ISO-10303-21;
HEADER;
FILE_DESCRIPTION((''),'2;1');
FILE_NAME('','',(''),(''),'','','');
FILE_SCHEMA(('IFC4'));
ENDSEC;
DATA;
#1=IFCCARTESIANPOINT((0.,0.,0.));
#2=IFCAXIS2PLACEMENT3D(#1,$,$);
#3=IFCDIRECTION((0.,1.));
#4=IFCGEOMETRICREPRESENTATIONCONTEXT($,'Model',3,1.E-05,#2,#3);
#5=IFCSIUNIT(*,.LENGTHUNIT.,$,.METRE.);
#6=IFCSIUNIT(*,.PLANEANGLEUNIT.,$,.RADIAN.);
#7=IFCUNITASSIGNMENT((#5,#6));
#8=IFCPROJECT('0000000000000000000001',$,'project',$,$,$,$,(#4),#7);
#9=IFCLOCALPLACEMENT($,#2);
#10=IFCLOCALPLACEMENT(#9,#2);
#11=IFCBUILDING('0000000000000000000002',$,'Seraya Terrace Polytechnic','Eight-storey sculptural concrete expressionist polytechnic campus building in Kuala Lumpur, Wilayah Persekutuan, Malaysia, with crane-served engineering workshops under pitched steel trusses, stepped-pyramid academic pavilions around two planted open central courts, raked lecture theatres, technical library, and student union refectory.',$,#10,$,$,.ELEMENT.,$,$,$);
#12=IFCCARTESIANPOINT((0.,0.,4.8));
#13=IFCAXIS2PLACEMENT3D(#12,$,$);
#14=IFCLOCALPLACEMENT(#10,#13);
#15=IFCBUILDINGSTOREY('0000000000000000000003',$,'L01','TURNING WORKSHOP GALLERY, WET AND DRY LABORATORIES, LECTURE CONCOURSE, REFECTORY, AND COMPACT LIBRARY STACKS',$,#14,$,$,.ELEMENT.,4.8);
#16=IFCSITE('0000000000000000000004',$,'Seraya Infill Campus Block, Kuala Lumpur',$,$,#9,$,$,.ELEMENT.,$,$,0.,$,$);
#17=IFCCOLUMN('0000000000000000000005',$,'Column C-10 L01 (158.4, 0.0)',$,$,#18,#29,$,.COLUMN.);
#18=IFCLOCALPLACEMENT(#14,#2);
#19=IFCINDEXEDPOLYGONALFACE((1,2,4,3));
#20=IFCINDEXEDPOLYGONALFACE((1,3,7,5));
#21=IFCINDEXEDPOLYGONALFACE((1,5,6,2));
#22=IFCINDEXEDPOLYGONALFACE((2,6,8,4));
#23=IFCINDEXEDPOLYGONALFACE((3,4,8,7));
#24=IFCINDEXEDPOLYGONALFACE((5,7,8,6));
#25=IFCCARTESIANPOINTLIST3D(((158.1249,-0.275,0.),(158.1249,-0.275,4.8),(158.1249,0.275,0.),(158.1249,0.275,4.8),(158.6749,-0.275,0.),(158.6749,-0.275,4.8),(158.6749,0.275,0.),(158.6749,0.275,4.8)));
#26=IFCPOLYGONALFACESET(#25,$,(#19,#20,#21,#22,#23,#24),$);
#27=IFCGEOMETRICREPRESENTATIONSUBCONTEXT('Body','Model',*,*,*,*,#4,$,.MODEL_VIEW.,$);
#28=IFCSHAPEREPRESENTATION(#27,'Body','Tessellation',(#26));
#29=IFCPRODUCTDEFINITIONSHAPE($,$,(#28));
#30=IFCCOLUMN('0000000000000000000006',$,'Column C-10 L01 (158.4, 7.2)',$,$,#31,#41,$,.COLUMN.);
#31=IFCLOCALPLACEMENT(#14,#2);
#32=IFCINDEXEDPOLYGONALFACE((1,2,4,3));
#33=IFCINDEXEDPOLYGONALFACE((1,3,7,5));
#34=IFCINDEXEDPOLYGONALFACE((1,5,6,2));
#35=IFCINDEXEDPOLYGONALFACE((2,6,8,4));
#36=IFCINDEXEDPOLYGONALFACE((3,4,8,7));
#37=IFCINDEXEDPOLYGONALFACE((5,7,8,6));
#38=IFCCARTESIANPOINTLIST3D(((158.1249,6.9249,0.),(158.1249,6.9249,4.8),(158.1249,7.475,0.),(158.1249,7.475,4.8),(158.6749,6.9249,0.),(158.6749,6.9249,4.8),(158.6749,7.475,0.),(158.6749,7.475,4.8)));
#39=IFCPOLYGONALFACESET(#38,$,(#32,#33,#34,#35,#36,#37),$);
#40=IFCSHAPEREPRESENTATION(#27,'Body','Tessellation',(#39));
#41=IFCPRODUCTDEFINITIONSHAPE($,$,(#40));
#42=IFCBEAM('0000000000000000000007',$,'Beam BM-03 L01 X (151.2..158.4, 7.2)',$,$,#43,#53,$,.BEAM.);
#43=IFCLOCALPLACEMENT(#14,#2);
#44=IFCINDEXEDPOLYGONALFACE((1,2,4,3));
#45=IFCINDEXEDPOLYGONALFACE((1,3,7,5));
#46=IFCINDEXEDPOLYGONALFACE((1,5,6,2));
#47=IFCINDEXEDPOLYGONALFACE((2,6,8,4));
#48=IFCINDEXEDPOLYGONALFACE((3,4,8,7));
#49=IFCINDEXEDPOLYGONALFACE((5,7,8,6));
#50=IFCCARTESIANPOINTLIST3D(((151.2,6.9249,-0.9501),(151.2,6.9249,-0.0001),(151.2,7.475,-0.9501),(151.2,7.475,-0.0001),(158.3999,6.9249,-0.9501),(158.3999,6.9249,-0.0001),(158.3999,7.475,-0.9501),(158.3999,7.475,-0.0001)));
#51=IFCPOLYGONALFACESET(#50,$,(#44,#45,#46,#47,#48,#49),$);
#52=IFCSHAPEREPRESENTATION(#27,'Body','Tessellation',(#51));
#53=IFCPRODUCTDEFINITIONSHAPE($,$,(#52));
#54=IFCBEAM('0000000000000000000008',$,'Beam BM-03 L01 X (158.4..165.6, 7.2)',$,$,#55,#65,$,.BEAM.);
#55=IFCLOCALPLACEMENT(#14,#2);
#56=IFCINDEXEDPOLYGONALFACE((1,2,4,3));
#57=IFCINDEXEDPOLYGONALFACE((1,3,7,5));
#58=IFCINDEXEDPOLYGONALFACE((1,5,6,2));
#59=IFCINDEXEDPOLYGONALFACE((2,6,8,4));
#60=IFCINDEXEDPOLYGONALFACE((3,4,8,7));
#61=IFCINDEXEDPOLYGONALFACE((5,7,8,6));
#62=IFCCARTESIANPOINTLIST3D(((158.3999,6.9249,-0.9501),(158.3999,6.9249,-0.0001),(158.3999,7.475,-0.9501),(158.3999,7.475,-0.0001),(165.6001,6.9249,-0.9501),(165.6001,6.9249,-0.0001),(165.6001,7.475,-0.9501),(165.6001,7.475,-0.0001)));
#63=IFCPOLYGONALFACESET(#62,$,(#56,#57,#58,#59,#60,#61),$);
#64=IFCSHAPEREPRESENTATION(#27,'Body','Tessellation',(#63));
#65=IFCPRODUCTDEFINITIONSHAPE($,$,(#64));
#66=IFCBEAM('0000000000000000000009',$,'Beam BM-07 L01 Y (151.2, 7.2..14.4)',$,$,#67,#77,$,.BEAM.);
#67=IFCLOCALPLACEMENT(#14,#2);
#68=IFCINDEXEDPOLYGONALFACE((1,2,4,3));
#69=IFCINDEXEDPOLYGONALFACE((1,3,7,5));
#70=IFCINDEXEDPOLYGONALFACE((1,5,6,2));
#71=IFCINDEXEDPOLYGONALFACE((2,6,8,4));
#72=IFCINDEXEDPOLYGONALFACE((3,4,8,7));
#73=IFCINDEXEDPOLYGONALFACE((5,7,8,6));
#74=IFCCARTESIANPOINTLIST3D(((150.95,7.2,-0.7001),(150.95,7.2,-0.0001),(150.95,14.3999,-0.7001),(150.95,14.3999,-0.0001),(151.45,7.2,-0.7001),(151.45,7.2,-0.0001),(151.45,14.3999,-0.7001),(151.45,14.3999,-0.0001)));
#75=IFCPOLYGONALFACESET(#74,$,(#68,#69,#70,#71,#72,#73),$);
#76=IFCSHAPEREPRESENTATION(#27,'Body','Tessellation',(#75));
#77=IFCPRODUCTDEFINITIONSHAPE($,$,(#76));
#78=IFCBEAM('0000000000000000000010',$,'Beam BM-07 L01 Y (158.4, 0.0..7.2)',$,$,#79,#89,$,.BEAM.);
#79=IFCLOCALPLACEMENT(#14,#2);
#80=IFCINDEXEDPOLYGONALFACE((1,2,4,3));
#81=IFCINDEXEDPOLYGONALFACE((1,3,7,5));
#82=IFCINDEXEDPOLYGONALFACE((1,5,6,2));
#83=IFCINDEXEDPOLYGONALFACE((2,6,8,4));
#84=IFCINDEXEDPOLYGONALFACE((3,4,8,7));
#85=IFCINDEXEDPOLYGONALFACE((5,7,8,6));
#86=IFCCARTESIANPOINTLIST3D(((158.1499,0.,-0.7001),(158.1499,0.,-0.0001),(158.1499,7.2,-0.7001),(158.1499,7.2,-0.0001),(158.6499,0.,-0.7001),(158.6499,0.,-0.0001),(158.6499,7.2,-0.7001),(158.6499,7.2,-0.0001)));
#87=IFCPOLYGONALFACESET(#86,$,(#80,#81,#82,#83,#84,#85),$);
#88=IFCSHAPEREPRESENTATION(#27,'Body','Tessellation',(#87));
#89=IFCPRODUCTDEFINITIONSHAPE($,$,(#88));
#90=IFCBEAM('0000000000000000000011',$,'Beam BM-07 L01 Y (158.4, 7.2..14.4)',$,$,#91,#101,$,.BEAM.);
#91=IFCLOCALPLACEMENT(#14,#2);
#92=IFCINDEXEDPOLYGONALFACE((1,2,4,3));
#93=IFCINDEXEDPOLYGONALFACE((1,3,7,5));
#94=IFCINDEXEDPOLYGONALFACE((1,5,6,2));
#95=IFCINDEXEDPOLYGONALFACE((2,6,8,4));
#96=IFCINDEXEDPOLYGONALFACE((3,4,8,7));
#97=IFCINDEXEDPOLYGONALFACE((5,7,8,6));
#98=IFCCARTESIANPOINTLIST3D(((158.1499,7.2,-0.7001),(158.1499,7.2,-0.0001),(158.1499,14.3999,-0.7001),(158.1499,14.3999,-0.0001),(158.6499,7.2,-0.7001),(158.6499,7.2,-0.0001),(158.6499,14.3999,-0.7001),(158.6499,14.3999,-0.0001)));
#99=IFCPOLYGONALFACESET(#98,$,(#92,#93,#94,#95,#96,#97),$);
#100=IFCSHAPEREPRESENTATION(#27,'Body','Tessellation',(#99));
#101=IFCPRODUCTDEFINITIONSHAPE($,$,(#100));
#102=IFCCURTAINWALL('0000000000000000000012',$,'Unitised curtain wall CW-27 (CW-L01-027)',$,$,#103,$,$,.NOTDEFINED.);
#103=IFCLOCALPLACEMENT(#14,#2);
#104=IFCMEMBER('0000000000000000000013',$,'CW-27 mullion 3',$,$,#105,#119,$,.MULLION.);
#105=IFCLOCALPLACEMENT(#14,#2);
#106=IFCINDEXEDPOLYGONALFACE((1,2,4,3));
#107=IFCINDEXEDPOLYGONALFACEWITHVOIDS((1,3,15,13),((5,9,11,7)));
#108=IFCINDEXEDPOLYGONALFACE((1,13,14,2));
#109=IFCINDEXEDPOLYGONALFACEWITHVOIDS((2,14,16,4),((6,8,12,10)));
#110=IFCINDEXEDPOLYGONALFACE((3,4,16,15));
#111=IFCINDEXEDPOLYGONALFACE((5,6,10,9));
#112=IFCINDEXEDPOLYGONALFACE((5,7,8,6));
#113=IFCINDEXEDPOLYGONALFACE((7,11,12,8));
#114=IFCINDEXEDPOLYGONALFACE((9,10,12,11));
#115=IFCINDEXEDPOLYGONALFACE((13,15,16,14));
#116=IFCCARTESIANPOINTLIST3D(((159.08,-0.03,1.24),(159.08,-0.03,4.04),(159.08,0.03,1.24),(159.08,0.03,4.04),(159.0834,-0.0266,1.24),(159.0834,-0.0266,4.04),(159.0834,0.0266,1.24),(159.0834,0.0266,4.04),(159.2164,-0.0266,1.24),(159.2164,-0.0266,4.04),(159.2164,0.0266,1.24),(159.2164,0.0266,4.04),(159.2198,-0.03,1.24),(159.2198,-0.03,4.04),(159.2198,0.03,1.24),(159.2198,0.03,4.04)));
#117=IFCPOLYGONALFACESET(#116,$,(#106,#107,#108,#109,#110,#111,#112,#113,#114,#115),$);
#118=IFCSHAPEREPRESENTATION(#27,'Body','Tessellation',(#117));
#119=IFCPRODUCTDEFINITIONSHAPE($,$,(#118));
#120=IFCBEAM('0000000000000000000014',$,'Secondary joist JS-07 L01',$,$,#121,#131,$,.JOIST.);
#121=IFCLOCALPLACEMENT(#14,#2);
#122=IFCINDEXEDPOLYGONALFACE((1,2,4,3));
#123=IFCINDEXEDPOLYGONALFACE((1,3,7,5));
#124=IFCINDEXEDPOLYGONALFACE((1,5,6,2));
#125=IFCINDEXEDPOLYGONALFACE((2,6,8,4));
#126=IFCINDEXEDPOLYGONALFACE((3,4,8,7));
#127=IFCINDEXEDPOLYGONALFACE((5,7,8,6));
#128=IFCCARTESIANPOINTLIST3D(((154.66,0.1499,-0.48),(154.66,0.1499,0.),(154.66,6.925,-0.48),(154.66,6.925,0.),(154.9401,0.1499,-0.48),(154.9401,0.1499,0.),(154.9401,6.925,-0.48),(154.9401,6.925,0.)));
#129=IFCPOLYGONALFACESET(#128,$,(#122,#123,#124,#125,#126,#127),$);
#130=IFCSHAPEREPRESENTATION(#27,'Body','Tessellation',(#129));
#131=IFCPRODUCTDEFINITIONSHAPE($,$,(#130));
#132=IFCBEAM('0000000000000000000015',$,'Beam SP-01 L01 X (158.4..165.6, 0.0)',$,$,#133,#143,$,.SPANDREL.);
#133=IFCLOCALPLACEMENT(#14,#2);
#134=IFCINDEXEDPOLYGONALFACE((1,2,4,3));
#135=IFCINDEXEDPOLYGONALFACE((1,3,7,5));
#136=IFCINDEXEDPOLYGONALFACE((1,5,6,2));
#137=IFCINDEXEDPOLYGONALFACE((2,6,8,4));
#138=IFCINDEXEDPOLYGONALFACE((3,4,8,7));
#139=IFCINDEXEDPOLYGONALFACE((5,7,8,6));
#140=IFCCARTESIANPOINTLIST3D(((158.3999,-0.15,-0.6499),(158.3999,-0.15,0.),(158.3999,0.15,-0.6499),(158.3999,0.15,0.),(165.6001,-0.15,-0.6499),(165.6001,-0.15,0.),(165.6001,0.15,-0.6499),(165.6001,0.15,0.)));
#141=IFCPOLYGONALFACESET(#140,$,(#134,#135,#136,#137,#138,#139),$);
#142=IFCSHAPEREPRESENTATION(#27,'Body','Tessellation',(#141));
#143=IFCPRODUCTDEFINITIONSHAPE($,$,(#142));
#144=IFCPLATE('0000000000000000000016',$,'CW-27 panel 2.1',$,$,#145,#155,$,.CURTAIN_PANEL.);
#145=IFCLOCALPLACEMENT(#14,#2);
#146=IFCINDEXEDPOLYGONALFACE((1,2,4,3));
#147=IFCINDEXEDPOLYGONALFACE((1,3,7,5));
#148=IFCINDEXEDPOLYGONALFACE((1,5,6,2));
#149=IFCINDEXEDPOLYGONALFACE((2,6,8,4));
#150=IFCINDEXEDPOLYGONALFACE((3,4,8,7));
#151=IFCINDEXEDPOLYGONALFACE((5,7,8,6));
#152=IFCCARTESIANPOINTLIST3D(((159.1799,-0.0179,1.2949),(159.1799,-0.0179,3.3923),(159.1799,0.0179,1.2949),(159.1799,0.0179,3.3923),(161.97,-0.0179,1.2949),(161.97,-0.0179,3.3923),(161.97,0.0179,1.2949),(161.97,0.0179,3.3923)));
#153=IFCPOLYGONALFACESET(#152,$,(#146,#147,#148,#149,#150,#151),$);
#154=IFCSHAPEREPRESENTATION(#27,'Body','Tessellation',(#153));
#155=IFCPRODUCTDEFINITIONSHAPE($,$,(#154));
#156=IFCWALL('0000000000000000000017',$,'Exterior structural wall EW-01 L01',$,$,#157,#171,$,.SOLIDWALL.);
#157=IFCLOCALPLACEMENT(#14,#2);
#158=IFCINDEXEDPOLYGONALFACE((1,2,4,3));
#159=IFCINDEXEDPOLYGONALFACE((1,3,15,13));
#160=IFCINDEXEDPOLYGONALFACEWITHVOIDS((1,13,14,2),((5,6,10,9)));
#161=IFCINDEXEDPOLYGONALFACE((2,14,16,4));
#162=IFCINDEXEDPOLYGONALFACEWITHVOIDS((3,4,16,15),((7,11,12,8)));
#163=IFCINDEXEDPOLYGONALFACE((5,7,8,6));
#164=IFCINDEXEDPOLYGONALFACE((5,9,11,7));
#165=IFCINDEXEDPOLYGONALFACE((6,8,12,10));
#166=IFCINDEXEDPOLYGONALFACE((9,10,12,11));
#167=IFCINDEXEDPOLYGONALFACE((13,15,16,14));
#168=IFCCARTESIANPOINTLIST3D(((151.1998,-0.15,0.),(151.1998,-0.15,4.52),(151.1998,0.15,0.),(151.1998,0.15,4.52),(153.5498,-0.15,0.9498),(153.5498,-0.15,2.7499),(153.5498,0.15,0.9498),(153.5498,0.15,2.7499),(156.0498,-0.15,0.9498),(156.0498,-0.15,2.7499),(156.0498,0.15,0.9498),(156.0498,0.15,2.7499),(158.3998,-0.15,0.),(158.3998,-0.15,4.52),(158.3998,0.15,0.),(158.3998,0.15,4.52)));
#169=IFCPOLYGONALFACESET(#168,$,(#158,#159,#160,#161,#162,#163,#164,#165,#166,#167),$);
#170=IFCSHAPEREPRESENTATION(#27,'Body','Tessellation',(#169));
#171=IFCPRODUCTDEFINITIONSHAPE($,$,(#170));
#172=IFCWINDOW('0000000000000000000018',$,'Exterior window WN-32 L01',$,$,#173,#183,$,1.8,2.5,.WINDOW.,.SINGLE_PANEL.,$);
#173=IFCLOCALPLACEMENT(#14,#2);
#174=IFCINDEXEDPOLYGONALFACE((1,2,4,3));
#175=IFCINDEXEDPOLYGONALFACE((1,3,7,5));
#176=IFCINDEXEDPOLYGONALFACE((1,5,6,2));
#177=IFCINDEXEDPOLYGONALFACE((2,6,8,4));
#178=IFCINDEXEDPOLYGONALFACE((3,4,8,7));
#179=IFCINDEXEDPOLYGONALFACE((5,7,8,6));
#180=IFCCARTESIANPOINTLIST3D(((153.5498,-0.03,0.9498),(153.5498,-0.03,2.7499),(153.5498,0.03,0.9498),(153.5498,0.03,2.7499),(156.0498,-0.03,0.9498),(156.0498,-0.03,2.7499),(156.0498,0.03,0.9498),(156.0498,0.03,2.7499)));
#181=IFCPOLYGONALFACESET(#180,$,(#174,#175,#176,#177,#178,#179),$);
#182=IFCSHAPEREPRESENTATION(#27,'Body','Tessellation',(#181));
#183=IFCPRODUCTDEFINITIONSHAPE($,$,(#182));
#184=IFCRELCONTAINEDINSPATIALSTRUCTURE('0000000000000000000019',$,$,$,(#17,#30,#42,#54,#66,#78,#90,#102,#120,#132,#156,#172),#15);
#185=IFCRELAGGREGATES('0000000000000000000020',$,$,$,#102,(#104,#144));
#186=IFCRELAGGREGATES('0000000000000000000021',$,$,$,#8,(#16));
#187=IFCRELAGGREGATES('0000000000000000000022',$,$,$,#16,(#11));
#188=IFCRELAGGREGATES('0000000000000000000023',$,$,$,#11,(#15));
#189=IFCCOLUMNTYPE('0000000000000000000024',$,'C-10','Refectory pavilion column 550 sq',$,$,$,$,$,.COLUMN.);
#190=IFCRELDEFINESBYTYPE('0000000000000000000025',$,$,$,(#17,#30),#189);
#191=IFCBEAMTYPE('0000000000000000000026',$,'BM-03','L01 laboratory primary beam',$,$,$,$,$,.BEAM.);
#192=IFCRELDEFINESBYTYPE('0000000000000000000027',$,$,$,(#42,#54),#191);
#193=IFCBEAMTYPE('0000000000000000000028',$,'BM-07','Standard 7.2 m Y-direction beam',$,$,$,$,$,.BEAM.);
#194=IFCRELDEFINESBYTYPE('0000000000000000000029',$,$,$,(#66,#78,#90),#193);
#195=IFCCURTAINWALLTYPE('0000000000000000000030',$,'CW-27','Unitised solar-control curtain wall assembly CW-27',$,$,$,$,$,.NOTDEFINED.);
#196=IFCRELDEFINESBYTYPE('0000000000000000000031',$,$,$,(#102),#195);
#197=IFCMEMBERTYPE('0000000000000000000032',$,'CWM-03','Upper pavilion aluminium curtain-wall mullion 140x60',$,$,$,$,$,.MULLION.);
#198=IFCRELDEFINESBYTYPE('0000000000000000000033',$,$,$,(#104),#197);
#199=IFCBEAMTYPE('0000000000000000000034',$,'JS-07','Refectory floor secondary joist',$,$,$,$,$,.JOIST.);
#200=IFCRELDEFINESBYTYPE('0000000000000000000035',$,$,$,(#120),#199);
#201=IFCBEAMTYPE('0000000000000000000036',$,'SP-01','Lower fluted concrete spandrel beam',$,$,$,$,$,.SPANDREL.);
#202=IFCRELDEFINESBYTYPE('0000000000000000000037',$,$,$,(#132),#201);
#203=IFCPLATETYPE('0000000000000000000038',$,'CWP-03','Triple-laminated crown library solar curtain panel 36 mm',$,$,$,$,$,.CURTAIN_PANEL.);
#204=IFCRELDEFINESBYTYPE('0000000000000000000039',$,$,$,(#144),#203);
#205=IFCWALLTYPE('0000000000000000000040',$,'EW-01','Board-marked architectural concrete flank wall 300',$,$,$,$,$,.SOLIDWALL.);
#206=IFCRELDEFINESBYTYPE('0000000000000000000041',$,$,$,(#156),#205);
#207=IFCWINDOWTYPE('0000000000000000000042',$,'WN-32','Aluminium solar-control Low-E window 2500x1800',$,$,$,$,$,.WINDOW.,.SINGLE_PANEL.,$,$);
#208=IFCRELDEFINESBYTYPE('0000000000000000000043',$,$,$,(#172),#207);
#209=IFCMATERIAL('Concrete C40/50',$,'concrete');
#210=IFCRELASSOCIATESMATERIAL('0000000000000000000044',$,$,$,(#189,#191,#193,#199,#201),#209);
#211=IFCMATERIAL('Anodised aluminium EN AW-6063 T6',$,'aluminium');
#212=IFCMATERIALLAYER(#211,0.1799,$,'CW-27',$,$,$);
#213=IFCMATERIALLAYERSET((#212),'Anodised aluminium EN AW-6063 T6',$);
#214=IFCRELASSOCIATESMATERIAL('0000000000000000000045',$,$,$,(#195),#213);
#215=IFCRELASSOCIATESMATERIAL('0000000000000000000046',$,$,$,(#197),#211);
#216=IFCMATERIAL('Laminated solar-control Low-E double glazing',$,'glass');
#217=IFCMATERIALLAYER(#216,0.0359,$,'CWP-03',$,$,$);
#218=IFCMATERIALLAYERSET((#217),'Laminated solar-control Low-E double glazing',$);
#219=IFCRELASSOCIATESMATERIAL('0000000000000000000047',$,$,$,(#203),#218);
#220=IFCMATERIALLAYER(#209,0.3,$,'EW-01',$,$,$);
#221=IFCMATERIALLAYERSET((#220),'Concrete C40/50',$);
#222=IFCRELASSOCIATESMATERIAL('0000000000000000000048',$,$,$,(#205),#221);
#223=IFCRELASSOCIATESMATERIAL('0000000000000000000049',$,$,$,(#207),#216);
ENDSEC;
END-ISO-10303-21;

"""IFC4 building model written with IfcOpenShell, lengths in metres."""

from ifc_helpers import new_model, si_unit, direction, frame, frame_2d, origin, origin_2d, place, context, subcontext, project, spatial, rectangle, hollow_rectangle, extrude, material, layer, layer_set, material_profile, profile_set, type_object, element, fill, aggregate, save


model = new_model("IFC4")

# Units and contexts
model_context = context("Model", 3, precision=1e-05, world=origin(), true_north=direction((0.0, 1.0)))
body_context = subcontext(model_context, "Body", "Model", "MODEL_VIEW")
ifc_project = project(units=[si_unit("LENGTHUNIT", "METRE"), si_unit("PLANEANGLEUNIT", "RADIAN")], contexts=[model_context])

# Site, building, storey
site_placement = place(None, origin())
site = spatial("IfcSite", under=ifc_project, at=site_placement, Name="Seraya Infill Campus Block, Kuala Lumpur", CompositionType="ELEMENT", RefElevation=0.0)
building_placement = place(site_placement, origin())
building = spatial("IfcBuilding", under=site, at=building_placement, Name="Seraya Terrace Polytechnic", Description="Eight-storey sculptural concrete expressionist polytechnic campus building in Kuala Lumpur, Wilayah Persekutuan, Malaysia, with crane-served engineering workshops under pitched steel trusses, stepped-pyramid academic pavilions around two planted open central courts, raked lecture theatres, technical library, and student union refectory.", CompositionType="ELEMENT")
storey_placement = place(building_placement, frame((0.0, 0.0, 4.8)))
storey = spatial("IfcBuildingStorey", under=building, at=storey_placement, Name="L01", Description="TURNING WORKSHOP GALLERY, WET AND DRY LABORATORIES, LECTURE CONCOURSE, REFECTORY, AND COMPACT LIBRARY STACKS", CompositionType="ELEMENT", Elevation=4.8)

# Columns
ifc_material_1 = material(Name="Concrete C40/50", Category="concrete")
ifc_material_profile_1 = material_profile(ifc_material_1, rectangle(XDim=0.55, YDim=0.55, at=origin_2d()), Name="RC 550x550")
ifc_profile_set_1 = profile_set([ifc_material_profile_1], Name="Concrete C40/50")
column_type = type_object("IfcColumnType", Name="C-10", Description="Refectory pavilion column 550 sq", PredefinedType="COLUMN", material=ifc_profile_set_1)
for number, where, z_axis, x_axis, name in (
    (1, (158.3999, 0.0, 0.0), (0.0, 0.0, 1.0), (1.0, 0.0, 0.0), "Column C-10 L01 (158.4, 0.0)"),
    (2, (158.3999, 7.2, 0.0), (0.0, 0.0, 1.0), (1.0, 0.0, 0.0), "Column C-10 L01 (158.4, 7.2)"),
):
    element("IfcColumn", number, at=place(storey_placement, frame(where, z_axis=z_axis, x_axis=x_axis)), inside=storey, type_object=column_type, Name=name, PredefinedType="COLUMN", context=body_context, shape_type="SweptSolid", body=[
        extrude(rectangle(XDim=0.55, YDim=0.55, at=origin_2d()), origin(), (0.0, 0.0, 1.0), 4.8),
    ])

# Beams
ifc_material_profile_2 = material_profile(ifc_material_1, rectangle(XDim=0.55, YDim=0.95, at=origin_2d()), Name="RC 550x950")
ifc_profile_set_2 = profile_set([ifc_material_profile_2], Name="Concrete C40/50")
beam_type_1 = type_object("IfcBeamType", Name="BM-03", Description="L01 laboratory primary beam", PredefinedType="BEAM", material=ifc_profile_set_2)
beam_1_placement = place(storey_placement, frame((151.2, 7.2, -0.4751), z_axis=(1.0, 0.0, 0.0), x_axis=(0.0, 1.0, 0.0)))
element("IfcBeam", 3, at=beam_1_placement, inside=storey, type_object=beam_type_1, Name="Beam BM-03 L01 X (151.2..158.4, 7.2)", PredefinedType="BEAM", context=body_context, shape_type="SweptSolid", body=[
    extrude(rectangle(XDim=0.55, YDim=0.95, at=origin_2d()), origin(), (0.0, 0.0, 1.0), 7.2),
])
beam_2_placement = place(storey_placement, frame((158.3999, 7.2, -0.4751), z_axis=(1.0, 0.0, 0.0), x_axis=(0.0, 1.0, 0.0)))
element("IfcBeam", 4, at=beam_2_placement, inside=storey, type_object=beam_type_1, Name="Beam BM-03 L01 X (158.4..165.6, 7.2)", PredefinedType="BEAM", context=body_context, shape_type="SweptSolid", body=[
    extrude(rectangle(XDim=0.55, YDim=0.95, at=origin_2d()), origin(), (0.0, 0.0, 1.0), 7.2002),
])
ifc_material_profile_3 = material_profile(ifc_material_1, rectangle(XDim=0.5, YDim=0.7, at=origin_2d()), Name="RC 500x700")
ifc_profile_set_3 = profile_set([ifc_material_profile_3], Name="Concrete C40/50")
beam_type_2 = type_object("IfcBeamType", Name="BM-07", Description="Standard 7.2 m Y-direction beam", PredefinedType="BEAM", material=ifc_profile_set_3)
for number, where, z_axis, x_axis, name in (
    (5, (151.2, 7.2, -0.3501), (0.0, 1.0, 0.0), (-1.0, 0.0, 0.0), "Beam BM-07 L01 Y (151.2, 7.2..14.4)"),
    (6, (158.3999, 0.0, -0.3501), (0.0, 1.0, 0.0), (-1.0, 0.0, 0.0), "Beam BM-07 L01 Y (158.4, 0.0..7.2)"),
    (7, (158.3999, 7.2, -0.3501), (0.0, 1.0, 0.0), (-1.0, 0.0, 0.0), "Beam BM-07 L01 Y (158.4, 7.2..14.4)"),
):
    element("IfcBeam", number, at=place(storey_placement, frame(where, z_axis=z_axis, x_axis=x_axis)), inside=storey, type_object=beam_type_2, Name=name, PredefinedType="BEAM", context=body_context, shape_type="SweptSolid", body=[
        extrude(rectangle(XDim=0.5, YDim=0.7, at=origin_2d()), origin(), (0.0, 0.0, 1.0), 7.2),
    ])

# Curtain wall, member
ifc_material_2 = material(Name="Anodised aluminium EN AW-6063 T6", Category="aluminium")
ifc_layer_1 = layer(ifc_material_2, 0.1799, Name="CW-27")
ifc_layer_set_1 = layer_set([ifc_layer_1], Name="Anodised aluminium EN AW-6063 T6")
curtain_wall_type = type_object("IfcCurtainWallType", Name="CW-27", Description="Unitised solar-control curtain wall assembly CW-27", PredefinedType="NOTDEFINED", material=ifc_layer_set_1)
curtain_wall_placement = place(storey_placement, origin())
curtain_wall = element("IfcCurtainWall", 8, at=curtain_wall_placement, inside=storey, type_object=curtain_wall_type, Name="Unitised curtain wall CW-27 (CW-L01-027)", PredefinedType="NOTDEFINED")
ifc_material_profile_4 = material_profile(ifc_material_2, hollow_rectangle(XDim=0.0601, YDim=0.1399, WallThickness=0.0034, at=origin_2d()), Name="RHS 140x60x3.5")
ifc_profile_set_4 = profile_set([ifc_material_profile_4], Name="Anodised aluminium EN AW-6063 T6")
member_type = type_object("IfcMemberType", Name="CWM-03", Description="Upper pavilion aluminium curtain-wall mullion 140x60", PredefinedType="MULLION", material=ifc_profile_set_4)
member_placement = place(storey_placement, frame((159.1499, 0.0, 1.24), z_axis=(0.0, 0.0, 1.0), x_axis=(0.0, -1.0, 0.0)))
member = element("IfcMember", 9, at=member_placement, type_object=member_type, Name="CW-27 mullion 3", PredefinedType="MULLION", context=body_context, shape_type="SweptSolid", body=[
    extrude(hollow_rectangle(XDim=0.0601, YDim=0.1399, WallThickness=0.0034, at=origin_2d()), origin(), (0.0, 0.0, 1.0), 2.8),
])

# Beams
ifc_material_profile_5 = material_profile(ifc_material_1, rectangle(XDim=0.28, YDim=0.48, at=origin_2d()), Name="RC 280x480")
ifc_profile_set_5 = profile_set([ifc_material_profile_5], Name="Concrete C40/50")
beam_type_3 = type_object("IfcBeamType", Name="JS-07", Description="Refectory floor secondary joist", PredefinedType="JOIST", material=ifc_profile_set_5)
beam_3_placement = place(storey_placement, frame((154.8, 0.1499, -0.24), z_axis=(0.0, 1.0, 0.0), x_axis=(-1.0, 0.0, 0.0)))
element("IfcBeam", 10, at=beam_3_placement, inside=storey, type_object=beam_type_3, Name="Secondary joist JS-07 L01", PredefinedType="JOIST", context=body_context, shape_type="SweptSolid", body=[
    extrude(rectangle(XDim=0.28, YDim=0.48, at=origin_2d()), origin(), (0.0, 0.0, 1.0), 6.7751),
])
ifc_material_profile_6 = material_profile(ifc_material_1, rectangle(XDim=0.3, YDim=0.6499, at=origin_2d()), Name="RC 300x650")
ifc_profile_set_6 = profile_set([ifc_material_profile_6], Name="Concrete C40/50")
beam_type_4 = type_object("IfcBeamType", Name="SP-01", Description="Lower fluted concrete spandrel beam", PredefinedType="SPANDREL", material=ifc_profile_set_6)
beam_4_placement = place(storey_placement, frame((158.3999, 0.0, -0.325), z_axis=(1.0, 0.0, 0.0), x_axis=(0.0, 1.0, 0.0)))
element("IfcBeam", 11, at=beam_4_placement, inside=storey, type_object=beam_type_4, Name="Beam SP-01 L01 X (158.4..165.6, 0.0)", PredefinedType="SPANDREL", context=body_context, shape_type="SweptSolid", body=[
    extrude(rectangle(XDim=0.3, YDim=0.6499, at=origin_2d()), origin(), (0.0, 0.0, 1.0), 7.2002),
])

# Plate
ifc_material_3 = material(Name="Laminated solar-control Low-E double glazing", Category="glass")
ifc_layer_2 = layer(ifc_material_3, 0.0359, Name="CWP-03")
ifc_layer_set_2 = layer_set([ifc_layer_2], Name="Laminated solar-control Low-E double glazing")
plate_type = type_object("IfcPlateType", Name="CWP-03", Description="Triple-laminated crown library solar curtain panel 36 mm", PredefinedType="CURTAIN_PANEL", material=ifc_layer_set_2)
plate_placement = place(storey_placement, frame((160.575, 0.0, 1.2949), z_axis=(0.0, 0.0, 1.0), x_axis=(-1.0, 0.0, 0.0)))
plate = element("IfcPlate", 12, at=plate_placement, type_object=plate_type, Name="CW-27 panel 2.1", PredefinedType="CURTAIN_PANEL", context=body_context, shape_type="SweptSolid", body=[
    extrude(rectangle(XDim=2.79, YDim=0.0359, at=origin_2d()), origin(), (0.0, 0.0, 1.0), 2.0974),
])
aggregate(curtain_wall, [member, plate])

# Wall, opening, window
ifc_layer_3 = layer(ifc_material_1, 0.3, Name="EW-01")
ifc_layer_set_3 = layer_set([ifc_layer_3], Name="Concrete C40/50")
wall_type_1 = type_object("IfcWallType", Name="EW-01", Description="Board-marked architectural concrete flank wall 300", PredefinedType="SOLIDWALL", material=ifc_layer_set_3)
wall_1_placement = place(storey_placement, frame((158.3999, 0.0, 0.0), z_axis=(0.0, 0.0, 1.0), x_axis=(-1.0, 0.0, 0.0)))
wall_1 = element("IfcWall", 13, at=wall_1_placement, inside=storey, type_object=wall_type_1, Name="Exterior structural wall EW-01 L01", PredefinedType="SOLIDWALL", context=body_context, shape_type="SweptSolid", body=[
    extrude(rectangle(XDim=7.2, YDim=0.3, at=frame_2d((3.6001, 0.0))), origin(), (0.0, 0.0, 1.0), 4.52),
])
opening_placement = place(wall_1_placement, frame((2.3501, 0.0, 0.95)))
opening = element("IfcOpeningElement", 14, at=opening_placement, cuts=wall_1, PredefinedType="OPENING", context=body_context, shape_type="SweptSolid", body=[
    extrude(rectangle(XDim=2.5, YDim=1.8, at=frame_2d((1.25, 0.8999))), frame((0.0, 0.1621, 0.0), z_axis=(0.0, -1.0, 0.0), x_axis=(1.0, 0.0, 0.0)), (0.0, 0.0, 1.0), 0.324),
])
window_type = type_object("IfcWindowType", Name="WN-32", Description="Aluminium solar-control Low-E window 2500x1800", PartitioningType="SINGLE_PANEL", PredefinedType="WINDOW", material=ifc_material_3)
window_placement = place(opening_placement, origin())
window = element("IfcWindow", 15, at=window_placement, inside=storey, type_object=window_type, Name="Exterior window WN-32 L01", OverallHeight=1.8, OverallWidth=2.5, PartitioningType="SINGLE_PANEL", PredefinedType="WINDOW", context=body_context, shape_type="SweptSolid", body=[
    extrude(rectangle(XDim=2.5, YDim=1.8, at=frame_2d((1.25, 0.8999))), frame((0.0, 0.03, 0.0), z_axis=(0.0, -1.0, 0.0), x_axis=(1.0, 0.0, 0.0)), (0.0, 0.0, 1.0), 0.0601),
])
fill(opening, window)

save(model, "model.ifc")
